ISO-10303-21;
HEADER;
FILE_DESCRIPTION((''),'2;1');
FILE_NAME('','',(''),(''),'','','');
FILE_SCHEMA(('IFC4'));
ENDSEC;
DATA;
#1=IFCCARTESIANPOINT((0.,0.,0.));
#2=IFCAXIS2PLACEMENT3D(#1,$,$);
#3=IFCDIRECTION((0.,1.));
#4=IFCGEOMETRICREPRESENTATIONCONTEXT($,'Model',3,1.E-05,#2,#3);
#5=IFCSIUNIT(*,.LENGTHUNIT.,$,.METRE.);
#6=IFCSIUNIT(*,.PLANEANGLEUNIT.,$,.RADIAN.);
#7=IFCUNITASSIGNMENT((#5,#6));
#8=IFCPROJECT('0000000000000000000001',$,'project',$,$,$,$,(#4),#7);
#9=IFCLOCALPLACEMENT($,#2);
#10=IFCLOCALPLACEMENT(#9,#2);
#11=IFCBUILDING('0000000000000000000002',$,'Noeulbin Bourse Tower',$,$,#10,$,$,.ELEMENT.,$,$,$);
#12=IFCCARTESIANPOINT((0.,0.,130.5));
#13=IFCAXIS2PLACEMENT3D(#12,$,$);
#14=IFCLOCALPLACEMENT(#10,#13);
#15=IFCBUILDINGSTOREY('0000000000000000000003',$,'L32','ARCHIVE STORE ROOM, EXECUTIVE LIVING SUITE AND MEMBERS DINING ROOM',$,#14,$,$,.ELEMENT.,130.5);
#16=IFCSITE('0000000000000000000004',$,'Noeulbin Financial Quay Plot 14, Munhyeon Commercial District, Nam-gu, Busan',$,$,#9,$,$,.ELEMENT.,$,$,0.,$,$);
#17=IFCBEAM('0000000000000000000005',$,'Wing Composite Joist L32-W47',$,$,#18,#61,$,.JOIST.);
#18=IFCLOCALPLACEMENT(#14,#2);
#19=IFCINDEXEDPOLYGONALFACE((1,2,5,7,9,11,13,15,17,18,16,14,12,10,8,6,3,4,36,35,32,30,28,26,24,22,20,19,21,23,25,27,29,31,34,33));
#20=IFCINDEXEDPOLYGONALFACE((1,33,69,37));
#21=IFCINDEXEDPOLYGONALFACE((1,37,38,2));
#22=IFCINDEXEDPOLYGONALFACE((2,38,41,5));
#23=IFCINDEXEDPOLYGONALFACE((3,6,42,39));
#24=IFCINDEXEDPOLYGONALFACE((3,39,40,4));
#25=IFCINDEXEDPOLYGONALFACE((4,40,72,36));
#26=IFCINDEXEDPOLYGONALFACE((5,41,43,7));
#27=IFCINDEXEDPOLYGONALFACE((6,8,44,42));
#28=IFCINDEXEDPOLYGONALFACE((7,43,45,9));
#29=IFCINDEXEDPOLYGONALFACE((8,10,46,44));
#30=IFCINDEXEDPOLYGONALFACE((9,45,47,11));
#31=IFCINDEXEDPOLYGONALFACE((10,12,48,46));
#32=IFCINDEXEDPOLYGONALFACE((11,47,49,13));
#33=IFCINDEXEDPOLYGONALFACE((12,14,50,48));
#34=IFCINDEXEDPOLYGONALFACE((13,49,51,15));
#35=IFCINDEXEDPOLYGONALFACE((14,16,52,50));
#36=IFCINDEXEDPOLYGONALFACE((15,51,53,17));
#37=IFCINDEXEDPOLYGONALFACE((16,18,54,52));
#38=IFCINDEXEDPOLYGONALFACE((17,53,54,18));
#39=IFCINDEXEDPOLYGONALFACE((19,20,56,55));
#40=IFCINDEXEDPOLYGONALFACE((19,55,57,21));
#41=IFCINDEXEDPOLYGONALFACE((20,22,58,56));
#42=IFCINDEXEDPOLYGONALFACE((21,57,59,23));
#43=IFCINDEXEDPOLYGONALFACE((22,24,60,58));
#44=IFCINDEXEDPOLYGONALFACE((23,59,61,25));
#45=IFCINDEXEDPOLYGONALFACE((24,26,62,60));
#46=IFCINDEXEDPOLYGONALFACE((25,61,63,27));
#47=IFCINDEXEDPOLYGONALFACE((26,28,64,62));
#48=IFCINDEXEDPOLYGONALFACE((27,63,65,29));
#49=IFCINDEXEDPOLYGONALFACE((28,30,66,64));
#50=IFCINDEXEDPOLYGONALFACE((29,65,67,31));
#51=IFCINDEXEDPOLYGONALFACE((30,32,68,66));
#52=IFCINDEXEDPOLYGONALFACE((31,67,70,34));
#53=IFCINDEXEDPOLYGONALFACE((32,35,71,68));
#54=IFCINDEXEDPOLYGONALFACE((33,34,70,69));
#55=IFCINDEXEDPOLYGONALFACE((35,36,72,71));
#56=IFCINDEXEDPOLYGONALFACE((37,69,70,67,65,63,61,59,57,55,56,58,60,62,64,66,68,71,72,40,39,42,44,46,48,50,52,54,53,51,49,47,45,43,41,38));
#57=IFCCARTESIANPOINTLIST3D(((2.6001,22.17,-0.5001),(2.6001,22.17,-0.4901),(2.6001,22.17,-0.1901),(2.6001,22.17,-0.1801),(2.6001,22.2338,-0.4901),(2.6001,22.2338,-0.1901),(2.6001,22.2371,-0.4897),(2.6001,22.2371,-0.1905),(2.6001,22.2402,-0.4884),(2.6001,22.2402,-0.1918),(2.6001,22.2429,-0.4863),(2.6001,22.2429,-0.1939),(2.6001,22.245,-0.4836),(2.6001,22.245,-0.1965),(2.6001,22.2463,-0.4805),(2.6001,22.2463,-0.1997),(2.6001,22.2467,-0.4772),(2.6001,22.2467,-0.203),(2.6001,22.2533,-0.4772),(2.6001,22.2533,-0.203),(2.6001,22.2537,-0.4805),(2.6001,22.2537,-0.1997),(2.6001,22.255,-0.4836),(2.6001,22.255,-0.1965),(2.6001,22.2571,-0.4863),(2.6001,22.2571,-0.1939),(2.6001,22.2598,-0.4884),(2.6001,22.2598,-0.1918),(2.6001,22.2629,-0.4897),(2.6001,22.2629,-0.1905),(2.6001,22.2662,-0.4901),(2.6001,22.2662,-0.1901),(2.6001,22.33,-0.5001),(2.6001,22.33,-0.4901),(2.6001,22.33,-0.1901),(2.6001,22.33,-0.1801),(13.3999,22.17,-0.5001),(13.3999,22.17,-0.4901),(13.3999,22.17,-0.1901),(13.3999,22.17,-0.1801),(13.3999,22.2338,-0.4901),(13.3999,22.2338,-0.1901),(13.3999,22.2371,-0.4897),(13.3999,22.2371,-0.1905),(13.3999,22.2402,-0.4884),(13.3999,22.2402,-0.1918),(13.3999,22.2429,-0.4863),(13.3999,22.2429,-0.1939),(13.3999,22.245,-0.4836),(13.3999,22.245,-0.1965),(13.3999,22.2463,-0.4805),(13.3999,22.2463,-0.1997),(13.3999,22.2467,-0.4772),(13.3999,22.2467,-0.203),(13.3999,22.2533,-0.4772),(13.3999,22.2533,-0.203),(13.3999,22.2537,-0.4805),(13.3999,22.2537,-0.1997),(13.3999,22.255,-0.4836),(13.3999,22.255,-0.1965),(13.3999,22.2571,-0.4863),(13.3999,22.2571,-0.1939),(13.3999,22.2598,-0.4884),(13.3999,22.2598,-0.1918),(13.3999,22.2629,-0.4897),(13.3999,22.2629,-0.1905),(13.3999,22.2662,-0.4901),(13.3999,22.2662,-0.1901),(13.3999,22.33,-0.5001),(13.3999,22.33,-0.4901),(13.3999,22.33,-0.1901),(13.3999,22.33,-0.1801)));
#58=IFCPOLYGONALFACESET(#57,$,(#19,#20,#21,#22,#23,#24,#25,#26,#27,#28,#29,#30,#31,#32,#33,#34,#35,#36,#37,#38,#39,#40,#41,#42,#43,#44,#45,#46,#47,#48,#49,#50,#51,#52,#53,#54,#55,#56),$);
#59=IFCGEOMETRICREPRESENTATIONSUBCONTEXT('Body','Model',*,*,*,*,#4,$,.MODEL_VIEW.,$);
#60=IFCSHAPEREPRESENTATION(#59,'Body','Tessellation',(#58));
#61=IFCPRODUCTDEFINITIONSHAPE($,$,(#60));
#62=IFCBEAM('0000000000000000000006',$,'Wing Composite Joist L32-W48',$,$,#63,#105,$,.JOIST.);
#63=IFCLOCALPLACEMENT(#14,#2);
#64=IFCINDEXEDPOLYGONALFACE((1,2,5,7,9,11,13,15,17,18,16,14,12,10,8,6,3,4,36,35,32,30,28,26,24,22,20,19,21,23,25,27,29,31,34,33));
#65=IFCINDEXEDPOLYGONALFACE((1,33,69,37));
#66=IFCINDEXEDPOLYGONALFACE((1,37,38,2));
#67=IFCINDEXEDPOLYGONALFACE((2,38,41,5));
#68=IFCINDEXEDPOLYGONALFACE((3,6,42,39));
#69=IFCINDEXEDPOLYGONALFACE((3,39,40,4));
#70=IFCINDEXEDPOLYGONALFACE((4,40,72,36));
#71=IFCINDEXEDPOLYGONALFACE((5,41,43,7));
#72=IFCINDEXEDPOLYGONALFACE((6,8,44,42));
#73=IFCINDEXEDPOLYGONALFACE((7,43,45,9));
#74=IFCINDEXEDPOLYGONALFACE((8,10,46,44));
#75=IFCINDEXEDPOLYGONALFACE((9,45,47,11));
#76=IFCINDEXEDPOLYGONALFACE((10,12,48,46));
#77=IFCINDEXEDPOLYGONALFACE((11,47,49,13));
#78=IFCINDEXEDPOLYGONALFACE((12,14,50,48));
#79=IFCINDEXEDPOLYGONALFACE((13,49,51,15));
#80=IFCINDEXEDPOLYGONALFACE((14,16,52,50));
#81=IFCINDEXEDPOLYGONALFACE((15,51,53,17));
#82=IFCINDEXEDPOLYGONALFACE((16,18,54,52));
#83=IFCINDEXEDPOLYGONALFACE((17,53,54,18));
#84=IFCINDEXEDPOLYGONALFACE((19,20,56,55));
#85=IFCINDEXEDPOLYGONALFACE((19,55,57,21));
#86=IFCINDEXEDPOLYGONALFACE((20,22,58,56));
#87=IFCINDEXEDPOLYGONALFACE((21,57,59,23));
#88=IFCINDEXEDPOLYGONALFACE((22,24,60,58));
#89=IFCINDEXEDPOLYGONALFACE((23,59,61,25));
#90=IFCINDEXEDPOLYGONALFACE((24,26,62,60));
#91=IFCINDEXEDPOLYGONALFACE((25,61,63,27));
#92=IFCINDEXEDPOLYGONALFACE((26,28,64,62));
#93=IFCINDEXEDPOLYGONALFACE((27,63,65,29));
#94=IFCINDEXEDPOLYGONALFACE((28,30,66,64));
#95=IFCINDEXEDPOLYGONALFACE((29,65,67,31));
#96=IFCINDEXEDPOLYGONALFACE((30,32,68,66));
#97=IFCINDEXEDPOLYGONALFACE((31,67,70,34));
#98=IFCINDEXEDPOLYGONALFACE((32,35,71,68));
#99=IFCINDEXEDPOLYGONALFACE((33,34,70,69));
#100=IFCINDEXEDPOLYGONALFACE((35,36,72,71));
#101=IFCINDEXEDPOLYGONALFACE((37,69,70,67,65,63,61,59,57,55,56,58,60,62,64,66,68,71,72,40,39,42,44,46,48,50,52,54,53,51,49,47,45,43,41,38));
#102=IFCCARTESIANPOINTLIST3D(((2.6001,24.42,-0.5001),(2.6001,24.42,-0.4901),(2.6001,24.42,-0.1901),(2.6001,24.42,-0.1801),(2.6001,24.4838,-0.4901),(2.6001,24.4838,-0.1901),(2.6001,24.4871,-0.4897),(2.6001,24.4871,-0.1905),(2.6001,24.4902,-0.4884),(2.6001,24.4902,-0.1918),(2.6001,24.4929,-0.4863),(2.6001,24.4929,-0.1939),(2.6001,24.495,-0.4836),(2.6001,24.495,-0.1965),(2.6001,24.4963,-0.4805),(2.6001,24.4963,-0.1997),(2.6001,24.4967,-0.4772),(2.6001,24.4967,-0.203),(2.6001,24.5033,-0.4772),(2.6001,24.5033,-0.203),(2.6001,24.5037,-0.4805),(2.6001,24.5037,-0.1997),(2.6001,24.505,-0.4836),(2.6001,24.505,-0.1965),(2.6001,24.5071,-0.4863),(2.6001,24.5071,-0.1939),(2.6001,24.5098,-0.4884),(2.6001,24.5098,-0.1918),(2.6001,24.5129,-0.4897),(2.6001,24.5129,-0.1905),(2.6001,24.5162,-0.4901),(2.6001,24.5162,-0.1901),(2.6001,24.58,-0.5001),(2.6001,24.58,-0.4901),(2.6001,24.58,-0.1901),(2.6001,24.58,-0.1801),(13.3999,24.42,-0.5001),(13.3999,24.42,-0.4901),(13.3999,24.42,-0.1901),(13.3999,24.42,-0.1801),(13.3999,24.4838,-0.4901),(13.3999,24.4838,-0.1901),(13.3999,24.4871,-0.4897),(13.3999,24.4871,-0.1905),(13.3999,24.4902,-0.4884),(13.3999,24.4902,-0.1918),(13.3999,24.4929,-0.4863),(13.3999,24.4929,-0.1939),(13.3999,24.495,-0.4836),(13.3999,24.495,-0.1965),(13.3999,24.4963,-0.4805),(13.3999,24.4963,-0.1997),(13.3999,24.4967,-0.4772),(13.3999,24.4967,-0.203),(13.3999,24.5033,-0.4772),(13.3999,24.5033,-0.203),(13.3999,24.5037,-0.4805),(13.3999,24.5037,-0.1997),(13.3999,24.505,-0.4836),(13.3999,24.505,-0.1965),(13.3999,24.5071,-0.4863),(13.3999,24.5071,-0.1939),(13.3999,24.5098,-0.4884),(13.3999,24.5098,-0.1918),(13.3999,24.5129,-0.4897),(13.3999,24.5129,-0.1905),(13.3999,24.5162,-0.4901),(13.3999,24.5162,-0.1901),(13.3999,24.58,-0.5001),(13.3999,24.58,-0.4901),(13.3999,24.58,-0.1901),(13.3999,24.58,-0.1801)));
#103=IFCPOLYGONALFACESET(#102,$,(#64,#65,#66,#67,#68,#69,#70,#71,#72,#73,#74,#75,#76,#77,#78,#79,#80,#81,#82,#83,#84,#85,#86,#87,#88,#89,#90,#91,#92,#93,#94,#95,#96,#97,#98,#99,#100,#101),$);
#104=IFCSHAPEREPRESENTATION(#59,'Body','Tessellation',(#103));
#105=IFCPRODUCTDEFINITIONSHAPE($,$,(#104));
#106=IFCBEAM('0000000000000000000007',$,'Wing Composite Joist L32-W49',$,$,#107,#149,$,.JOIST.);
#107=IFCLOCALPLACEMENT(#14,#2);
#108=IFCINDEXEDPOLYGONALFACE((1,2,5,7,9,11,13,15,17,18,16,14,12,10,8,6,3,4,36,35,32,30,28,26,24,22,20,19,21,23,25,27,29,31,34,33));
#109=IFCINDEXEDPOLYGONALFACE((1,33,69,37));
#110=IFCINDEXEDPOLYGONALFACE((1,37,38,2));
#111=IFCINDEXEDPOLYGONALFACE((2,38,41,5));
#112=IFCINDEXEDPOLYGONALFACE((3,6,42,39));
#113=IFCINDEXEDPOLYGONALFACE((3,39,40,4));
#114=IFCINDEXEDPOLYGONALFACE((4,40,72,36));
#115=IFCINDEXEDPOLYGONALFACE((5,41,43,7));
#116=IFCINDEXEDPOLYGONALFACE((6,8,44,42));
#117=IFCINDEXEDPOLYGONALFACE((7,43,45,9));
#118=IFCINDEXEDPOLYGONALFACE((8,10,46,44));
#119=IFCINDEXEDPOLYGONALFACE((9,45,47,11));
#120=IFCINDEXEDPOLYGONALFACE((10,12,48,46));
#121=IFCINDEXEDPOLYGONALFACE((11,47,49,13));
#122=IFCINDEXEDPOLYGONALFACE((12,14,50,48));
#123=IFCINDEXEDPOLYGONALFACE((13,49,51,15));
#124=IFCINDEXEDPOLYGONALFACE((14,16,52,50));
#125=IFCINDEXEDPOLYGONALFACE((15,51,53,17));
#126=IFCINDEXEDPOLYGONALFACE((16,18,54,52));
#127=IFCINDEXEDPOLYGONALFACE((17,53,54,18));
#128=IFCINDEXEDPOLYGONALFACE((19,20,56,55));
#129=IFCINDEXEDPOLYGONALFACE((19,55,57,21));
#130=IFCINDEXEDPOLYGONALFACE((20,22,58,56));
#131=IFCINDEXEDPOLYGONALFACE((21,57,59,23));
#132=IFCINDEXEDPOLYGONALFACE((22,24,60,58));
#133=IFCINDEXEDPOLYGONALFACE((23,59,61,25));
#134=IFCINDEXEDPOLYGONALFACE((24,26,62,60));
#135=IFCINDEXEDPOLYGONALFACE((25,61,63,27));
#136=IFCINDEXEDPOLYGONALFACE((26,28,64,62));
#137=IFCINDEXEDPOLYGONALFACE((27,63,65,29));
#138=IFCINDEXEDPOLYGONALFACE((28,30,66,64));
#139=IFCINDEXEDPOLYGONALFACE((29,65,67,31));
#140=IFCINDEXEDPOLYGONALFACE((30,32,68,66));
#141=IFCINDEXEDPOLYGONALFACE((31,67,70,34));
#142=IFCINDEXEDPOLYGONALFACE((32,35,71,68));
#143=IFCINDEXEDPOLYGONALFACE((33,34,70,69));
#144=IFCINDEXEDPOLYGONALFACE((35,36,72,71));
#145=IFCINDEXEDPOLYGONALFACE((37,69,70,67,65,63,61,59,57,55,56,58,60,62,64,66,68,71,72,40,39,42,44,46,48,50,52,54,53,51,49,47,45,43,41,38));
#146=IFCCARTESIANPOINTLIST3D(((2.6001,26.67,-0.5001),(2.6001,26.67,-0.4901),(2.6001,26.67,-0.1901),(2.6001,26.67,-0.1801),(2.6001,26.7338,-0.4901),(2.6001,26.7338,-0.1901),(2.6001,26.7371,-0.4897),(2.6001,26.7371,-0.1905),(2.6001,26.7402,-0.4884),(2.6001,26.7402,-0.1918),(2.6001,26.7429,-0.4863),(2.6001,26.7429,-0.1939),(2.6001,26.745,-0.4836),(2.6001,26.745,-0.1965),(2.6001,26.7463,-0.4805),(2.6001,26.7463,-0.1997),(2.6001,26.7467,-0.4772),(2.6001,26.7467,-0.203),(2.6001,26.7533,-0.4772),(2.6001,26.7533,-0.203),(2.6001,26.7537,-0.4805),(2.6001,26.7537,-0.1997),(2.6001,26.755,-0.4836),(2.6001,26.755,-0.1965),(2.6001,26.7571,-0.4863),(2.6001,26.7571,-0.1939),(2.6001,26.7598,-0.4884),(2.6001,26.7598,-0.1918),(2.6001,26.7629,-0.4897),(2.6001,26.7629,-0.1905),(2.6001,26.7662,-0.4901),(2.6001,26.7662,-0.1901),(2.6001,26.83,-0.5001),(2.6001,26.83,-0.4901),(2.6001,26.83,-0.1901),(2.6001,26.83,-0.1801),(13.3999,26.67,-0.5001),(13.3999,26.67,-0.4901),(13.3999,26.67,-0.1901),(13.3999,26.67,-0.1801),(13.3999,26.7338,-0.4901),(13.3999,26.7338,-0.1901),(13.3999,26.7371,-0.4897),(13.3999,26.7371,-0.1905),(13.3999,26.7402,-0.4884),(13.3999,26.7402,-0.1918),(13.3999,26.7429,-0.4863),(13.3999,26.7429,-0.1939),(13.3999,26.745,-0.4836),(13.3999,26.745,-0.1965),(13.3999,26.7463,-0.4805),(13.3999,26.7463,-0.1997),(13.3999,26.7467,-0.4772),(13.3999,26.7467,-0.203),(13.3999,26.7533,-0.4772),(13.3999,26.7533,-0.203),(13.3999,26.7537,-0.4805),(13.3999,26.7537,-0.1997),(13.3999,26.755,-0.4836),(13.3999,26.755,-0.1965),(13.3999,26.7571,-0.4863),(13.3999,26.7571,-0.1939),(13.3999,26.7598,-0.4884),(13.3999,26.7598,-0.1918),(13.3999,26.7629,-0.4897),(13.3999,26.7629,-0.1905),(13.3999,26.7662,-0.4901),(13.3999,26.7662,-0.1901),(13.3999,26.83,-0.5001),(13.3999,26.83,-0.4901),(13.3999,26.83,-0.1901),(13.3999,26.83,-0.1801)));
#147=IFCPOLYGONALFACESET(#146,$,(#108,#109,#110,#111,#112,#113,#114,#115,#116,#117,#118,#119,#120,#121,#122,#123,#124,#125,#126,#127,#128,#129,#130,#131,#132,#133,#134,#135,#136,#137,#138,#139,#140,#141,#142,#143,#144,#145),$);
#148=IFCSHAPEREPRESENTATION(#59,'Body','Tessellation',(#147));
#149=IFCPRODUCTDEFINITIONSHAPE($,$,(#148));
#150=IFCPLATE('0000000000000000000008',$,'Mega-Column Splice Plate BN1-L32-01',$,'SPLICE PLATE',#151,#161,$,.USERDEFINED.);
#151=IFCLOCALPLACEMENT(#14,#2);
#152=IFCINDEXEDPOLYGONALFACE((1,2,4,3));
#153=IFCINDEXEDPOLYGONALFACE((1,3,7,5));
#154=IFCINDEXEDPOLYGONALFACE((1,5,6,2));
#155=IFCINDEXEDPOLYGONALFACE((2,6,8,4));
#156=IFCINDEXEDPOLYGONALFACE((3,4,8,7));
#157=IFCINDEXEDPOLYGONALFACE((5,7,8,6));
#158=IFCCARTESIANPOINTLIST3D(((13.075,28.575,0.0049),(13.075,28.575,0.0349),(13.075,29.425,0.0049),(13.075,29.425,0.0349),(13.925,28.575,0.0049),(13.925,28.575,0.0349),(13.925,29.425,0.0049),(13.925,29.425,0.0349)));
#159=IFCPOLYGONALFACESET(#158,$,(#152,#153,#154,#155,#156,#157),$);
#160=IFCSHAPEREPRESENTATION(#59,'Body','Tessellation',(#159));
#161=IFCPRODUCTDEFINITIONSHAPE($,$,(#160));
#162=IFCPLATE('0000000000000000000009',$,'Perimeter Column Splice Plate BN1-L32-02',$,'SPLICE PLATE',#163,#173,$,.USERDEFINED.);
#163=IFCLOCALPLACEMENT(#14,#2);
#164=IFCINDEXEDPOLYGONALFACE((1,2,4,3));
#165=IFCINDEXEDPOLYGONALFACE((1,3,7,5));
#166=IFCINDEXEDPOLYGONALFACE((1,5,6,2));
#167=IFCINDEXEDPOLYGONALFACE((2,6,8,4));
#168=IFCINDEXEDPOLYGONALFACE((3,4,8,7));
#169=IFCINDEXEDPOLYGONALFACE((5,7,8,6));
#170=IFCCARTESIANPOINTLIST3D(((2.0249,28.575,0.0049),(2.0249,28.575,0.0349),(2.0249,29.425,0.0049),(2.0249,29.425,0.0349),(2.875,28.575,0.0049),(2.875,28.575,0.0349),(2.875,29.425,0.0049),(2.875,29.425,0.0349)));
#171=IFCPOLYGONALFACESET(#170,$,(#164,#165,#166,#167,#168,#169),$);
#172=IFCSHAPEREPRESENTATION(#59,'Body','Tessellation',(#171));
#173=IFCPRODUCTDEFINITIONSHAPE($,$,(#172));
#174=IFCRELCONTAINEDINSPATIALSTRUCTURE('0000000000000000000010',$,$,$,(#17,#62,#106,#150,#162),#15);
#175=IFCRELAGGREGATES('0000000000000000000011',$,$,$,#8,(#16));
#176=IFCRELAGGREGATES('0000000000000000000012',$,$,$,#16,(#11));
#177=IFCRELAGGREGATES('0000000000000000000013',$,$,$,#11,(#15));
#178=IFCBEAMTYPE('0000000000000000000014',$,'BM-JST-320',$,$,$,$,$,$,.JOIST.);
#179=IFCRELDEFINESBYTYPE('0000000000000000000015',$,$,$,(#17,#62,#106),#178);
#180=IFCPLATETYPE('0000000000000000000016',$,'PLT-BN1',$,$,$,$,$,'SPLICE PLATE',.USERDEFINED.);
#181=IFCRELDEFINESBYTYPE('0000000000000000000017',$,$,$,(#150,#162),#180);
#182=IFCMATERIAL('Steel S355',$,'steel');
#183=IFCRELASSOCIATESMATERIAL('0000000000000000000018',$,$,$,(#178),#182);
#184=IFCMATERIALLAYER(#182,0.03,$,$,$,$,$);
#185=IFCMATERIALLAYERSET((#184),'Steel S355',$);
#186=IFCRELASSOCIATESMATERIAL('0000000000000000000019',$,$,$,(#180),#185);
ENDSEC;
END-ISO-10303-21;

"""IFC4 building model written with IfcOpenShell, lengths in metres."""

from ifc_helpers import new_model, si_unit, direction, frame, origin, origin_2d, place, context, subcontext, project, spatial, rectangle, i_section, extrude, material, layer, layer_set, material_profile, profile_set, type_object, element, save


model = new_model("IFC4")

# Units and contexts
model_context = context("Model", 3, precision=1e-05, world=origin(), true_north=direction((0.0, 1.0)))
body_context = subcontext(model_context, "Body", "Model", "MODEL_VIEW")
ifc_project = project(units=[si_unit("LENGTHUNIT", "METRE"), si_unit("PLANEANGLEUNIT", "RADIAN")], contexts=[model_context])

# Site, building, storey
site_placement = place(None, origin())
site = spatial("IfcSite", under=ifc_project, at=site_placement, Name="Noeulbin Financial Quay Plot 14, Munhyeon Commercial District, Nam-gu, Busan", CompositionType="ELEMENT", RefElevation=0.0)
building_placement = place(site_placement, origin())
building = spatial("IfcBuilding", under=site, at=building_placement, Name="Noeulbin Bourse Tower", CompositionType="ELEMENT")
storey_placement = place(building_placement, frame((0.0, 0.0, 130.5)))
storey = spatial("IfcBuildingStorey", under=building, at=storey_placement, Name="L32", Description="ARCHIVE STORE ROOM, EXECUTIVE LIVING SUITE AND MEMBERS DINING ROOM", CompositionType="ELEMENT", Elevation=130.5)

# Beams
ifc_material_1 = material(Name="Steel S355", Category="steel")
ifc_material_profile_1 = material_profile(ifc_material_1, i_section(OverallWidth=0.1599, OverallDepth=0.3201, WebThickness=0.0066, FlangeThickness=0.01, FilletRadius=0.0129, at=origin_2d()), Name="H-320x160x6.5x10", Category="LoadBearing")
ifc_profile_set_1 = profile_set([ifc_material_profile_1], Name="Steel S355")
beam_type_1 = type_object("IfcBeamType", Name="BM-JST-320", PredefinedType="JOIST", material=ifc_profile_set_1)
for number, where, z_axis, x_axis, name in (
    (1, (2.6001, 22.25, -0.3401), (1.0, 0.0, 0.0), (0.0, 1.0, 0.0), "Wing Composite Joist L32-W47"),
    (2, (2.6001, 24.5, -0.3401), (1.0, 0.0, 0.0), (0.0, 1.0, 0.0), "Wing Composite Joist L32-W48"),
    (3, (2.6001, 26.75, -0.3401), (1.0, 0.0, 0.0), (0.0, 1.0, 0.0), "Wing Composite Joist L32-W49"),
):
    element("IfcBeam", number, at=place(storey_placement, frame(where, z_axis=z_axis, x_axis=x_axis)), inside=storey, type_object=beam_type_1, Name=name, PredefinedType="JOIST", context=body_context, shape_type="SweptSolid", body=[
        extrude(i_section(OverallWidth=0.1599, OverallDepth=0.3201, WebThickness=0.0066, FlangeThickness=0.01, FilletRadius=0.0129, at=origin_2d()), origin(), (0.0, 0.0, 1.0), 10.7998),
    ])

# Plates
ifc_layer_1 = layer(ifc_material_1, 0.03)
ifc_layer_set_1 = layer_set([ifc_layer_1], Name="Steel S355")
plate_type = type_object("IfcPlateType", Name="PLT-BN1", ElementType="SPLICE PLATE", PredefinedType="USERDEFINED", material=ifc_layer_set_1)
for number, where, z_axis, x_axis, name in (
    (4, (13.5, 29.0, 0.0049), (0.0, 0.0, 1.0), (1.0, 0.0, 0.0), "Mega-Column Splice Plate BN1-L32-01"),
    (5, (2.45, 29.0, 0.0049), (0.0, 0.0, 1.0), (1.0, 0.0, 0.0), "Perimeter Column Splice Plate BN1-L32-02"),
):
    element("IfcPlate", number, at=place(storey_placement, frame(where, z_axis=z_axis, x_axis=x_axis)), inside=storey, type_object=plate_type, Name=name, ObjectType="SPLICE PLATE", PredefinedType="USERDEFINED", context=body_context, shape_type="SweptSolid", body=[
        extrude(rectangle(XDim=0.8501, YDim=0.8501, at=origin_2d()), origin(), (0.0, 0.0, 1.0), 0.03),
    ])

save(model, "model.ifc")
